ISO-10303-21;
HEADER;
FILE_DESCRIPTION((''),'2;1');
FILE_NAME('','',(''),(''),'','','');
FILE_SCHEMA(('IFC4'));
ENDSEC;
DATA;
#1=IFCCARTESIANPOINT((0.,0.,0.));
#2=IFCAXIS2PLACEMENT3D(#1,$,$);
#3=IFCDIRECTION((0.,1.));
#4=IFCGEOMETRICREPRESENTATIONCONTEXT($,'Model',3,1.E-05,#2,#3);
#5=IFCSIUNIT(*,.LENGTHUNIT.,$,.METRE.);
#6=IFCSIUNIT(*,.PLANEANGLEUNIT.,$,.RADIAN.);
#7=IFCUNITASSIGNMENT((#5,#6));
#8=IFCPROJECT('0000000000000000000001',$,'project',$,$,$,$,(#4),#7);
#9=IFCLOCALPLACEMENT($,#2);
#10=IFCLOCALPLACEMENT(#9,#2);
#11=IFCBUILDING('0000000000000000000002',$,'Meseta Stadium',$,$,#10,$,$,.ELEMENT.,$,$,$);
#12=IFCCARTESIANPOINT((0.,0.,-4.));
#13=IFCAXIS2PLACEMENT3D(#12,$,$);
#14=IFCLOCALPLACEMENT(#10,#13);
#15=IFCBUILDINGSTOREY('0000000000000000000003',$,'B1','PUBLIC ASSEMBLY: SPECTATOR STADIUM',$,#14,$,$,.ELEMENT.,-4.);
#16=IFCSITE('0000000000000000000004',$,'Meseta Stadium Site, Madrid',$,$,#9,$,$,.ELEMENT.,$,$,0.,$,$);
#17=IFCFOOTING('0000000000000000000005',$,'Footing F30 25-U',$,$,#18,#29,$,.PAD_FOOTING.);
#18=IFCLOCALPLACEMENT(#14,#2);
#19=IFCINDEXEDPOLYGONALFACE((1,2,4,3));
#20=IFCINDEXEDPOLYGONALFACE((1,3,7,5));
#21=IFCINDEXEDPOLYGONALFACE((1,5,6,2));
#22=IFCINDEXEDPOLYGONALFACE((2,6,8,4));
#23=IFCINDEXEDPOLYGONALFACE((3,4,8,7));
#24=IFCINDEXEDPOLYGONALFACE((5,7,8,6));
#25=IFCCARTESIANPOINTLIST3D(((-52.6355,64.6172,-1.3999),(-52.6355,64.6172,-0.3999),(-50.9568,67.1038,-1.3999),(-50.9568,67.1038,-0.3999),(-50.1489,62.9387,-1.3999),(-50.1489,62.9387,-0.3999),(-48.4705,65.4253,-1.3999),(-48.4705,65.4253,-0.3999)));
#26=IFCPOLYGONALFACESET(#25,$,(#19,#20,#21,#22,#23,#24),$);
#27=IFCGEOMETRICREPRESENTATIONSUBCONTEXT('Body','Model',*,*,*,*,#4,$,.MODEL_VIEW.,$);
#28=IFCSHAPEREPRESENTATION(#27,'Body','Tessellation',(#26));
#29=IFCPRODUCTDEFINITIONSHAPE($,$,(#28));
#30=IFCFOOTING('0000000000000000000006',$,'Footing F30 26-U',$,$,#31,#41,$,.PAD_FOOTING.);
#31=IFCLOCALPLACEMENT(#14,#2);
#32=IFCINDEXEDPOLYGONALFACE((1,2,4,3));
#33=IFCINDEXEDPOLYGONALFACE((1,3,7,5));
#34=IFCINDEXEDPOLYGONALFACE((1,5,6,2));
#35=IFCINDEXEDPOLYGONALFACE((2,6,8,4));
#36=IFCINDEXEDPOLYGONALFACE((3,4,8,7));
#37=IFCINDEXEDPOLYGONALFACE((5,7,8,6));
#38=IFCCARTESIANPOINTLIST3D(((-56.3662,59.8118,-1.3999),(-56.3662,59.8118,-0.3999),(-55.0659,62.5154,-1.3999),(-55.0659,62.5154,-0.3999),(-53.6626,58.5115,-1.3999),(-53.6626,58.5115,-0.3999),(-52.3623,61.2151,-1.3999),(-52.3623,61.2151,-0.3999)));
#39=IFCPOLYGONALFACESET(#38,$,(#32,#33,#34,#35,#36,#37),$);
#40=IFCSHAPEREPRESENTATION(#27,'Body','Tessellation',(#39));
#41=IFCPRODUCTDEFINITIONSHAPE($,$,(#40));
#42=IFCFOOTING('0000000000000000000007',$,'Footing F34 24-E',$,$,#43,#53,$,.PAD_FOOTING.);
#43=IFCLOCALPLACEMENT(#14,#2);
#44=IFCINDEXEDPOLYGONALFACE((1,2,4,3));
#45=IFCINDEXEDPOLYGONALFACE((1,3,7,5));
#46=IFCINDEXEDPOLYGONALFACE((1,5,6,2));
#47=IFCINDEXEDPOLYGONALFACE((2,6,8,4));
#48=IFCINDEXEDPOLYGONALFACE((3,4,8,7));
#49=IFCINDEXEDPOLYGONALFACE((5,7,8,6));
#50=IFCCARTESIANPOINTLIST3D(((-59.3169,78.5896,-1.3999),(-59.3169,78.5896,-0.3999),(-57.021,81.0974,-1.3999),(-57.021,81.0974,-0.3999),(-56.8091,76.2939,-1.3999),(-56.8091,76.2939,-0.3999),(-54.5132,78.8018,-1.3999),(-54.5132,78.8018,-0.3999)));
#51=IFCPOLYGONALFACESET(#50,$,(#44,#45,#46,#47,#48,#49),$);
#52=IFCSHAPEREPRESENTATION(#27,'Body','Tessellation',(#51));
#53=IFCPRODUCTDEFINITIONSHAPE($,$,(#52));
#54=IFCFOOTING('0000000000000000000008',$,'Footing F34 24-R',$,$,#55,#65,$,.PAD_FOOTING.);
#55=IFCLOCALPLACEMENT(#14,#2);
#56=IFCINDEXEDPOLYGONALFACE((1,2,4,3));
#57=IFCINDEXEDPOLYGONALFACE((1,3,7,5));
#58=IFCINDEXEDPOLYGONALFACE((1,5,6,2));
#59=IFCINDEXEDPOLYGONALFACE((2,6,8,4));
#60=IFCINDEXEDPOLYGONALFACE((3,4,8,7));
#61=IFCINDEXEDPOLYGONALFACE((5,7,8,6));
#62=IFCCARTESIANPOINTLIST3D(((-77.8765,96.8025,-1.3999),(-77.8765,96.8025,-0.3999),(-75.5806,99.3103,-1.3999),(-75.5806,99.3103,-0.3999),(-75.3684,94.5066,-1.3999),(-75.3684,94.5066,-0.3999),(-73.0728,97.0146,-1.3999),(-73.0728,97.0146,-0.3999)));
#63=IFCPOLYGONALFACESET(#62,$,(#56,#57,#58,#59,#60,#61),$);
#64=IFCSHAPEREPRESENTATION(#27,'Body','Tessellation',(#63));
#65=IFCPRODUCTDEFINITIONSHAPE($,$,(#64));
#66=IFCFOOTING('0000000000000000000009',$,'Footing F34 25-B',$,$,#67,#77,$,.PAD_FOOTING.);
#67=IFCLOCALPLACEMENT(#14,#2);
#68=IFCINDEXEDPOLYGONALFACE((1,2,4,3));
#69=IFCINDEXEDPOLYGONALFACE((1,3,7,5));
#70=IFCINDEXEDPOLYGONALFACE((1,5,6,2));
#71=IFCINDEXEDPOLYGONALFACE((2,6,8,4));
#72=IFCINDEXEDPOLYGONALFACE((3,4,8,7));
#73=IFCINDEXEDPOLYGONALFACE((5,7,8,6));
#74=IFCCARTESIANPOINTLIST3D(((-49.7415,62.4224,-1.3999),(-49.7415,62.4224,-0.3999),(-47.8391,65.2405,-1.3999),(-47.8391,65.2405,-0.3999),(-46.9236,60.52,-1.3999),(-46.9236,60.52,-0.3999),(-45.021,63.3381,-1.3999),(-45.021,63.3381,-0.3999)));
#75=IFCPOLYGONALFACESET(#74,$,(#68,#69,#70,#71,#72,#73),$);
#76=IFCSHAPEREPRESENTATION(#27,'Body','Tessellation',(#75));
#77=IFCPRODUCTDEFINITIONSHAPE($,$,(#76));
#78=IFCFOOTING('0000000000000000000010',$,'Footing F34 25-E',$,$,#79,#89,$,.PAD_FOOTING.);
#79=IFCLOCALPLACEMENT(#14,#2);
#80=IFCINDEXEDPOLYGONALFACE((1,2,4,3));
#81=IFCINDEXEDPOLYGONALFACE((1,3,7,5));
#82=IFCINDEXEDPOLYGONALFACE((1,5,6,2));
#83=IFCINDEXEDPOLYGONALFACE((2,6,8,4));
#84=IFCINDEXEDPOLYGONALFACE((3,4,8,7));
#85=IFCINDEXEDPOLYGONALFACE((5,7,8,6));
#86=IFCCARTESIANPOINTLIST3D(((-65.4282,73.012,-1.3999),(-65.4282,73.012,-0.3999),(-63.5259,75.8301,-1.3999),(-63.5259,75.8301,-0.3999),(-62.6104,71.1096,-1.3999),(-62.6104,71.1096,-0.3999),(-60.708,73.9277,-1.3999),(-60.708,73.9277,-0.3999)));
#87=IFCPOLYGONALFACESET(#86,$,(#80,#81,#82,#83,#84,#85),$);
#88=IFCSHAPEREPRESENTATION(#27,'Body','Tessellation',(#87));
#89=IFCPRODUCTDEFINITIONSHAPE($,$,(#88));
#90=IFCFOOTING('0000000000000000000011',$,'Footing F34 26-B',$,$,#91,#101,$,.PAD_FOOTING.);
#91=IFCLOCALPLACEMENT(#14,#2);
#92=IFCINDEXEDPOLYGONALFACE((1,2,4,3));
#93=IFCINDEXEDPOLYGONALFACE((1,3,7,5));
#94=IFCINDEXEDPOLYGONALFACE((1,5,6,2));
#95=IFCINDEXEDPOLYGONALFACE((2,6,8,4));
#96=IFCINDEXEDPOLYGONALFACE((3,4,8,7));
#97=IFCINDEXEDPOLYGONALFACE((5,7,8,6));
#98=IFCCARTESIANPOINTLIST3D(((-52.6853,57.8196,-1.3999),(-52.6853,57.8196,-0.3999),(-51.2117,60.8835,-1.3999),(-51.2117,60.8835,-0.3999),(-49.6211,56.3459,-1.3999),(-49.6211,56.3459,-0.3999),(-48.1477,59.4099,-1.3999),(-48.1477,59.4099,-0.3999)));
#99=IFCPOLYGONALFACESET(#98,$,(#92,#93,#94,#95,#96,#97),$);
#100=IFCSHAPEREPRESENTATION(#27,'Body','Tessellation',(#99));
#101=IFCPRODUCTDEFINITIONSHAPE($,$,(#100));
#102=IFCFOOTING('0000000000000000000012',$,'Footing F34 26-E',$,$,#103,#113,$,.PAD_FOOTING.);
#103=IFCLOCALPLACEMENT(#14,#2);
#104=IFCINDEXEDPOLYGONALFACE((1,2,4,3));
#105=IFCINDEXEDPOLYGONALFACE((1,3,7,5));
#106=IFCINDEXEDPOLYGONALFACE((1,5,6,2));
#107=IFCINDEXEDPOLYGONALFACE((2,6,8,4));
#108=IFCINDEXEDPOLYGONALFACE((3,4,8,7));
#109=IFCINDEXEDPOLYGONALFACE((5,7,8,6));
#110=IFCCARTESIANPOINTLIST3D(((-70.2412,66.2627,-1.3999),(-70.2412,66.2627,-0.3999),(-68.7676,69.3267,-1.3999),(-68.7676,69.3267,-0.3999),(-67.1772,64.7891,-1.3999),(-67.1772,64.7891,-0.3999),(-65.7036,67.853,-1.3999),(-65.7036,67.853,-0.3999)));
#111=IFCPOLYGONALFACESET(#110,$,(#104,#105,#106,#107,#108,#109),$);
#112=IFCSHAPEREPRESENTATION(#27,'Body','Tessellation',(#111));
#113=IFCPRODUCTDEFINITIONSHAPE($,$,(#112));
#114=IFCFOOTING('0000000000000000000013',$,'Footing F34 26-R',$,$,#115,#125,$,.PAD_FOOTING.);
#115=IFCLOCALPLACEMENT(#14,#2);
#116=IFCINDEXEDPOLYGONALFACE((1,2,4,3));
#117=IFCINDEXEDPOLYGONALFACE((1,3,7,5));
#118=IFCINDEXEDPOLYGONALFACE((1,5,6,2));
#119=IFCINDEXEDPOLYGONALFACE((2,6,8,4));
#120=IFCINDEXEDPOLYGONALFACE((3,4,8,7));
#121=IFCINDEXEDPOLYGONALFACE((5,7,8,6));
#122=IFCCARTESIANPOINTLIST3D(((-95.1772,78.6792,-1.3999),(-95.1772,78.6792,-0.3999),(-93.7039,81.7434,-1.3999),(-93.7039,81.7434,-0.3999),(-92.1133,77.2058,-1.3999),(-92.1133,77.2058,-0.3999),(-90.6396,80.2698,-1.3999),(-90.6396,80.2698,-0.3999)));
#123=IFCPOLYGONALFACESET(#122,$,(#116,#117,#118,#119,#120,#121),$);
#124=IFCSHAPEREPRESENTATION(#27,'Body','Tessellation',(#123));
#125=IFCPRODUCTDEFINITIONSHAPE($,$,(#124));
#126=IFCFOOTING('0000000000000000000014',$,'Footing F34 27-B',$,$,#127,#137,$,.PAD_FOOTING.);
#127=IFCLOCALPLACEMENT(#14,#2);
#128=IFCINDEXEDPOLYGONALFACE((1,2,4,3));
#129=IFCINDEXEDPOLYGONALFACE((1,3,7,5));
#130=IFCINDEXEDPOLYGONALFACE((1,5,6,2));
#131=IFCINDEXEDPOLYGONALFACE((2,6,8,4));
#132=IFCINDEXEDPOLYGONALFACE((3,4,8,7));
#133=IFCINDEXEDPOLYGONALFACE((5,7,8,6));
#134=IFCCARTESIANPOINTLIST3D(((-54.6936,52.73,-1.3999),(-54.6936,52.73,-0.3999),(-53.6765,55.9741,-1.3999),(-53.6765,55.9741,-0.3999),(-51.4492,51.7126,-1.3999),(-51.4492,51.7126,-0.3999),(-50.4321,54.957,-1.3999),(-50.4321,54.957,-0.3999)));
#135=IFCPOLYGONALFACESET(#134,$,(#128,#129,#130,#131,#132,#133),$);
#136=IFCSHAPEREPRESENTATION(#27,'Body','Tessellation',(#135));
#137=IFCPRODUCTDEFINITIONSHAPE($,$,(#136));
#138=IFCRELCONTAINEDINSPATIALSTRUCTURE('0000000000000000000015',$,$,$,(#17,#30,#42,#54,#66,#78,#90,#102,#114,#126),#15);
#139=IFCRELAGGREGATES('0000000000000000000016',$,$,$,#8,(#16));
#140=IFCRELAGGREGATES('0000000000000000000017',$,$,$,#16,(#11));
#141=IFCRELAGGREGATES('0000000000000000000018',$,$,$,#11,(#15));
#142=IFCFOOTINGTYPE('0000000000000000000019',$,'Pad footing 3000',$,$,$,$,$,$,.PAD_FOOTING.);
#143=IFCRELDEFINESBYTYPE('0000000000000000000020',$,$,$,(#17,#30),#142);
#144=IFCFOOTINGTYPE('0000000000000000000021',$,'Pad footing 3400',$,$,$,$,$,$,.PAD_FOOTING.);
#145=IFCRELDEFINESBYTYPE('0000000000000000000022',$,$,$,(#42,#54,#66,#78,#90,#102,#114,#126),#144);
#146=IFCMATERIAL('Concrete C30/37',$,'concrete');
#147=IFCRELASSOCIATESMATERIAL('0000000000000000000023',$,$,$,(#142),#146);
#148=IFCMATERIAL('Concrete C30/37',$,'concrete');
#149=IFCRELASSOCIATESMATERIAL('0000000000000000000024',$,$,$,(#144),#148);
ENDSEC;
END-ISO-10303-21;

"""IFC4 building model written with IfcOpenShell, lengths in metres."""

from ifc_helpers import new_model, si_unit, direction, frame, origin, place, context, subcontext, project, spatial, polyline, outline, extrude, material, type_object, element, save


model = new_model("IFC4")

# Units and contexts
model_context = context("Model", 3, precision=1e-05, world=origin(), true_north=direction((0.0, 1.0)))
body_context = subcontext(model_context, "Body", "Model", "MODEL_VIEW")
ifc_project = project(units=[si_unit("LENGTHUNIT", "METRE"), si_unit("PLANEANGLEUNIT", "RADIAN")], contexts=[model_context])

# Site, building, storey
site_placement = place(None, origin())
site = spatial("IfcSite", under=ifc_project, at=site_placement, Name="Meseta Stadium Site, Madrid", CompositionType="ELEMENT", RefElevation=0.0)
building_placement = place(site_placement, origin())
building = spatial("IfcBuilding", under=site, at=building_placement, Name="Meseta Stadium", CompositionType="ELEMENT")
storey_placement = place(building_placement, frame((0.0, 0.0, -4.0)))
storey = spatial("IfcBuildingStorey", under=building, at=storey_placement, Name="B1", Description="PUBLIC ASSEMBLY: SPECTATOR STADIUM", CompositionType="ELEMENT", Elevation=-4.0)

# Footings
ifc_material_1 = material(Name="Concrete C30/37", Category="concrete")
footing_type_1 = type_object("IfcFootingType", Name="Pad footing 3000", PredefinedType="PAD_FOOTING", material=ifc_material_1)
footing_1_placement = place(storey_placement, frame((0.0, 0.0, -1.3999)))
element("IfcFooting", 1, at=footing_1_placement, inside=storey, type_object=footing_type_1, Name="Footing F30 25-U", PredefinedType="PAD_FOOTING", context=body_context, shape_type="SweptSolid", body=[
    extrude(outline(polyline([(-48.4705, 65.4253), (-50.9568, 67.1038), (-52.6355, 64.6172), (-50.1489, 62.9387), (-48.4705, 65.4253)])), origin(), (0.0, 0.0, 1.0), 1.0),
])
footing_2_placement = place(storey_placement, frame((0.0, 0.0, -1.3999)))
element("IfcFooting", 2, at=footing_2_placement, inside=storey, type_object=footing_type_1, Name="Footing F30 26-U", PredefinedType="PAD_FOOTING", context=body_context, shape_type="SweptSolid", body=[
    extrude(outline(polyline([(-52.3623, 61.2151), (-55.0659, 62.5154), (-56.3662, 59.8118), (-53.6626, 58.5115), (-52.3623, 61.2151)])), origin(), (0.0, 0.0, 1.0), 1.0),
])
ifc_material_2 = material(Name="Concrete C30/37", Category="concrete")
footing_type_2 = type_object("IfcFootingType", Name="Pad footing 3400", PredefinedType="PAD_FOOTING", material=ifc_material_2)
footing_3_placement = place(storey_placement, frame((0.0, 0.0, -1.3999)))
element("IfcFooting", 3, at=footing_3_placement, inside=storey, type_object=footing_type_2, Name="Footing F34 24-E", PredefinedType="PAD_FOOTING", context=body_context, shape_type="SweptSolid", body=[
    extrude(outline(polyline([(-54.5132, 78.8018), (-57.021, 81.0974), (-59.3169, 78.5896), (-56.8091, 76.2939), (-54.5132, 78.8018)])), origin(), (0.0, 0.0, 1.0), 1.0),
])
footing_4_placement = place(storey_placement, frame((0.0, 0.0, -1.3999)))
element("IfcFooting", 4, at=footing_4_placement, inside=storey, type_object=footing_type_2, Name="Footing F34 24-R", PredefinedType="PAD_FOOTING", context=body_context, shape_type="SweptSolid", body=[
    extrude(outline(polyline([(-73.0728, 97.0146), (-75.5806, 99.3103), (-77.8765, 96.8025), (-75.3684, 94.5066), (-73.0728, 97.0146)])), origin(), (0.0, 0.0, 1.0), 1.0),
])
footing_5_placement = place(storey_placement, frame((0.0, 0.0, -1.3999)))
element("IfcFooting", 5, at=footing_5_placement, inside=storey, type_object=footing_type_2, Name="Footing F34 25-B", PredefinedType="PAD_FOOTING", context=body_context, shape_type="SweptSolid", body=[
    extrude(outline(polyline([(-45.021, 63.3381), (-47.8391, 65.2405), (-49.7415, 62.4224), (-46.9236, 60.52), (-45.021, 63.3381)])), origin(), (0.0, 0.0, 1.0), 1.0),
])
footing_6_placement = place(storey_placement, frame((0.0, 0.0, -1.3999)))
element("IfcFooting", 6, at=footing_6_placement, inside=storey, type_object=footing_type_2, Name="Footing F34 25-E", PredefinedType="PAD_FOOTING", context=body_context, shape_type="SweptSolid", body=[
    extrude(outline(polyline([(-60.708, 73.9277), (-63.5259, 75.8301), (-65.4282, 73.012), (-62.6104, 71.1096), (-60.708, 73.9277)])), origin(), (0.0, 0.0, 1.0), 1.0),
])
footing_7_placement = place(storey_placement, frame((0.0, 0.0, -1.3999)))
element("IfcFooting", 7, at=footing_7_placement, inside=storey, type_object=footing_type_2, Name="Footing F34 26-B", PredefinedType="PAD_FOOTING", context=body_context, shape_type="SweptSolid", body=[
    extrude(outline(polyline([(-48.1477, 59.4099), (-51.2117, 60.8835), (-52.6853, 57.8196), (-49.6211, 56.3459), (-48.1477, 59.4099)])), origin(), (0.0, 0.0, 1.0), 1.0),
])
footing_8_placement = place(storey_placement, frame((0.0, 0.0, -1.3999)))
element("IfcFooting", 8, at=footing_8_placement, inside=storey, type_object=footing_type_2, Name="Footing F34 26-E", PredefinedType="PAD_FOOTING", context=body_context, shape_type="SweptSolid", body=[
    extrude(outline(polyline([(-65.7036, 67.853), (-68.7676, 69.3267), (-70.2412, 66.2627), (-67.1772, 64.7891), (-65.7036, 67.853)])), origin(), (0.0, 0.0, 1.0), 1.0),
])
footing_9_placement = place(storey_placement, frame((0.0, 0.0, -1.3999)))
element("IfcFooting", 9, at=footing_9_placement, inside=storey, type_object=footing_type_2, Name="Footing F34 26-R", PredefinedType="PAD_FOOTING", context=body_context, shape_type="SweptSolid", body=[
    extrude(outline(polyline([(-90.6396, 80.2698), (-93.7039, 81.7434), (-95.1772, 78.6792), (-92.1133, 77.2058), (-90.6396, 80.2698)])), origin(), (0.0, 0.0, 1.0), 1.0),
])
footing_10_placement = place(storey_placement, frame((0.0, 0.0, -1.3999)))
element("IfcFooting", 10, at=footing_10_placement, inside=storey, type_object=footing_type_2, Name="Footing F34 27-B", PredefinedType="PAD_FOOTING", context=body_context, shape_type="SweptSolid", body=[
    extrude(outline(polyline([(-50.4321, 54.957), (-53.6765, 55.9741), (-54.6936, 52.73), (-51.4492, 51.7126), (-50.4321, 54.957)])), origin(), (0.0, 0.0, 1.0), 1.0),
])

save(model, "model.ifc")
